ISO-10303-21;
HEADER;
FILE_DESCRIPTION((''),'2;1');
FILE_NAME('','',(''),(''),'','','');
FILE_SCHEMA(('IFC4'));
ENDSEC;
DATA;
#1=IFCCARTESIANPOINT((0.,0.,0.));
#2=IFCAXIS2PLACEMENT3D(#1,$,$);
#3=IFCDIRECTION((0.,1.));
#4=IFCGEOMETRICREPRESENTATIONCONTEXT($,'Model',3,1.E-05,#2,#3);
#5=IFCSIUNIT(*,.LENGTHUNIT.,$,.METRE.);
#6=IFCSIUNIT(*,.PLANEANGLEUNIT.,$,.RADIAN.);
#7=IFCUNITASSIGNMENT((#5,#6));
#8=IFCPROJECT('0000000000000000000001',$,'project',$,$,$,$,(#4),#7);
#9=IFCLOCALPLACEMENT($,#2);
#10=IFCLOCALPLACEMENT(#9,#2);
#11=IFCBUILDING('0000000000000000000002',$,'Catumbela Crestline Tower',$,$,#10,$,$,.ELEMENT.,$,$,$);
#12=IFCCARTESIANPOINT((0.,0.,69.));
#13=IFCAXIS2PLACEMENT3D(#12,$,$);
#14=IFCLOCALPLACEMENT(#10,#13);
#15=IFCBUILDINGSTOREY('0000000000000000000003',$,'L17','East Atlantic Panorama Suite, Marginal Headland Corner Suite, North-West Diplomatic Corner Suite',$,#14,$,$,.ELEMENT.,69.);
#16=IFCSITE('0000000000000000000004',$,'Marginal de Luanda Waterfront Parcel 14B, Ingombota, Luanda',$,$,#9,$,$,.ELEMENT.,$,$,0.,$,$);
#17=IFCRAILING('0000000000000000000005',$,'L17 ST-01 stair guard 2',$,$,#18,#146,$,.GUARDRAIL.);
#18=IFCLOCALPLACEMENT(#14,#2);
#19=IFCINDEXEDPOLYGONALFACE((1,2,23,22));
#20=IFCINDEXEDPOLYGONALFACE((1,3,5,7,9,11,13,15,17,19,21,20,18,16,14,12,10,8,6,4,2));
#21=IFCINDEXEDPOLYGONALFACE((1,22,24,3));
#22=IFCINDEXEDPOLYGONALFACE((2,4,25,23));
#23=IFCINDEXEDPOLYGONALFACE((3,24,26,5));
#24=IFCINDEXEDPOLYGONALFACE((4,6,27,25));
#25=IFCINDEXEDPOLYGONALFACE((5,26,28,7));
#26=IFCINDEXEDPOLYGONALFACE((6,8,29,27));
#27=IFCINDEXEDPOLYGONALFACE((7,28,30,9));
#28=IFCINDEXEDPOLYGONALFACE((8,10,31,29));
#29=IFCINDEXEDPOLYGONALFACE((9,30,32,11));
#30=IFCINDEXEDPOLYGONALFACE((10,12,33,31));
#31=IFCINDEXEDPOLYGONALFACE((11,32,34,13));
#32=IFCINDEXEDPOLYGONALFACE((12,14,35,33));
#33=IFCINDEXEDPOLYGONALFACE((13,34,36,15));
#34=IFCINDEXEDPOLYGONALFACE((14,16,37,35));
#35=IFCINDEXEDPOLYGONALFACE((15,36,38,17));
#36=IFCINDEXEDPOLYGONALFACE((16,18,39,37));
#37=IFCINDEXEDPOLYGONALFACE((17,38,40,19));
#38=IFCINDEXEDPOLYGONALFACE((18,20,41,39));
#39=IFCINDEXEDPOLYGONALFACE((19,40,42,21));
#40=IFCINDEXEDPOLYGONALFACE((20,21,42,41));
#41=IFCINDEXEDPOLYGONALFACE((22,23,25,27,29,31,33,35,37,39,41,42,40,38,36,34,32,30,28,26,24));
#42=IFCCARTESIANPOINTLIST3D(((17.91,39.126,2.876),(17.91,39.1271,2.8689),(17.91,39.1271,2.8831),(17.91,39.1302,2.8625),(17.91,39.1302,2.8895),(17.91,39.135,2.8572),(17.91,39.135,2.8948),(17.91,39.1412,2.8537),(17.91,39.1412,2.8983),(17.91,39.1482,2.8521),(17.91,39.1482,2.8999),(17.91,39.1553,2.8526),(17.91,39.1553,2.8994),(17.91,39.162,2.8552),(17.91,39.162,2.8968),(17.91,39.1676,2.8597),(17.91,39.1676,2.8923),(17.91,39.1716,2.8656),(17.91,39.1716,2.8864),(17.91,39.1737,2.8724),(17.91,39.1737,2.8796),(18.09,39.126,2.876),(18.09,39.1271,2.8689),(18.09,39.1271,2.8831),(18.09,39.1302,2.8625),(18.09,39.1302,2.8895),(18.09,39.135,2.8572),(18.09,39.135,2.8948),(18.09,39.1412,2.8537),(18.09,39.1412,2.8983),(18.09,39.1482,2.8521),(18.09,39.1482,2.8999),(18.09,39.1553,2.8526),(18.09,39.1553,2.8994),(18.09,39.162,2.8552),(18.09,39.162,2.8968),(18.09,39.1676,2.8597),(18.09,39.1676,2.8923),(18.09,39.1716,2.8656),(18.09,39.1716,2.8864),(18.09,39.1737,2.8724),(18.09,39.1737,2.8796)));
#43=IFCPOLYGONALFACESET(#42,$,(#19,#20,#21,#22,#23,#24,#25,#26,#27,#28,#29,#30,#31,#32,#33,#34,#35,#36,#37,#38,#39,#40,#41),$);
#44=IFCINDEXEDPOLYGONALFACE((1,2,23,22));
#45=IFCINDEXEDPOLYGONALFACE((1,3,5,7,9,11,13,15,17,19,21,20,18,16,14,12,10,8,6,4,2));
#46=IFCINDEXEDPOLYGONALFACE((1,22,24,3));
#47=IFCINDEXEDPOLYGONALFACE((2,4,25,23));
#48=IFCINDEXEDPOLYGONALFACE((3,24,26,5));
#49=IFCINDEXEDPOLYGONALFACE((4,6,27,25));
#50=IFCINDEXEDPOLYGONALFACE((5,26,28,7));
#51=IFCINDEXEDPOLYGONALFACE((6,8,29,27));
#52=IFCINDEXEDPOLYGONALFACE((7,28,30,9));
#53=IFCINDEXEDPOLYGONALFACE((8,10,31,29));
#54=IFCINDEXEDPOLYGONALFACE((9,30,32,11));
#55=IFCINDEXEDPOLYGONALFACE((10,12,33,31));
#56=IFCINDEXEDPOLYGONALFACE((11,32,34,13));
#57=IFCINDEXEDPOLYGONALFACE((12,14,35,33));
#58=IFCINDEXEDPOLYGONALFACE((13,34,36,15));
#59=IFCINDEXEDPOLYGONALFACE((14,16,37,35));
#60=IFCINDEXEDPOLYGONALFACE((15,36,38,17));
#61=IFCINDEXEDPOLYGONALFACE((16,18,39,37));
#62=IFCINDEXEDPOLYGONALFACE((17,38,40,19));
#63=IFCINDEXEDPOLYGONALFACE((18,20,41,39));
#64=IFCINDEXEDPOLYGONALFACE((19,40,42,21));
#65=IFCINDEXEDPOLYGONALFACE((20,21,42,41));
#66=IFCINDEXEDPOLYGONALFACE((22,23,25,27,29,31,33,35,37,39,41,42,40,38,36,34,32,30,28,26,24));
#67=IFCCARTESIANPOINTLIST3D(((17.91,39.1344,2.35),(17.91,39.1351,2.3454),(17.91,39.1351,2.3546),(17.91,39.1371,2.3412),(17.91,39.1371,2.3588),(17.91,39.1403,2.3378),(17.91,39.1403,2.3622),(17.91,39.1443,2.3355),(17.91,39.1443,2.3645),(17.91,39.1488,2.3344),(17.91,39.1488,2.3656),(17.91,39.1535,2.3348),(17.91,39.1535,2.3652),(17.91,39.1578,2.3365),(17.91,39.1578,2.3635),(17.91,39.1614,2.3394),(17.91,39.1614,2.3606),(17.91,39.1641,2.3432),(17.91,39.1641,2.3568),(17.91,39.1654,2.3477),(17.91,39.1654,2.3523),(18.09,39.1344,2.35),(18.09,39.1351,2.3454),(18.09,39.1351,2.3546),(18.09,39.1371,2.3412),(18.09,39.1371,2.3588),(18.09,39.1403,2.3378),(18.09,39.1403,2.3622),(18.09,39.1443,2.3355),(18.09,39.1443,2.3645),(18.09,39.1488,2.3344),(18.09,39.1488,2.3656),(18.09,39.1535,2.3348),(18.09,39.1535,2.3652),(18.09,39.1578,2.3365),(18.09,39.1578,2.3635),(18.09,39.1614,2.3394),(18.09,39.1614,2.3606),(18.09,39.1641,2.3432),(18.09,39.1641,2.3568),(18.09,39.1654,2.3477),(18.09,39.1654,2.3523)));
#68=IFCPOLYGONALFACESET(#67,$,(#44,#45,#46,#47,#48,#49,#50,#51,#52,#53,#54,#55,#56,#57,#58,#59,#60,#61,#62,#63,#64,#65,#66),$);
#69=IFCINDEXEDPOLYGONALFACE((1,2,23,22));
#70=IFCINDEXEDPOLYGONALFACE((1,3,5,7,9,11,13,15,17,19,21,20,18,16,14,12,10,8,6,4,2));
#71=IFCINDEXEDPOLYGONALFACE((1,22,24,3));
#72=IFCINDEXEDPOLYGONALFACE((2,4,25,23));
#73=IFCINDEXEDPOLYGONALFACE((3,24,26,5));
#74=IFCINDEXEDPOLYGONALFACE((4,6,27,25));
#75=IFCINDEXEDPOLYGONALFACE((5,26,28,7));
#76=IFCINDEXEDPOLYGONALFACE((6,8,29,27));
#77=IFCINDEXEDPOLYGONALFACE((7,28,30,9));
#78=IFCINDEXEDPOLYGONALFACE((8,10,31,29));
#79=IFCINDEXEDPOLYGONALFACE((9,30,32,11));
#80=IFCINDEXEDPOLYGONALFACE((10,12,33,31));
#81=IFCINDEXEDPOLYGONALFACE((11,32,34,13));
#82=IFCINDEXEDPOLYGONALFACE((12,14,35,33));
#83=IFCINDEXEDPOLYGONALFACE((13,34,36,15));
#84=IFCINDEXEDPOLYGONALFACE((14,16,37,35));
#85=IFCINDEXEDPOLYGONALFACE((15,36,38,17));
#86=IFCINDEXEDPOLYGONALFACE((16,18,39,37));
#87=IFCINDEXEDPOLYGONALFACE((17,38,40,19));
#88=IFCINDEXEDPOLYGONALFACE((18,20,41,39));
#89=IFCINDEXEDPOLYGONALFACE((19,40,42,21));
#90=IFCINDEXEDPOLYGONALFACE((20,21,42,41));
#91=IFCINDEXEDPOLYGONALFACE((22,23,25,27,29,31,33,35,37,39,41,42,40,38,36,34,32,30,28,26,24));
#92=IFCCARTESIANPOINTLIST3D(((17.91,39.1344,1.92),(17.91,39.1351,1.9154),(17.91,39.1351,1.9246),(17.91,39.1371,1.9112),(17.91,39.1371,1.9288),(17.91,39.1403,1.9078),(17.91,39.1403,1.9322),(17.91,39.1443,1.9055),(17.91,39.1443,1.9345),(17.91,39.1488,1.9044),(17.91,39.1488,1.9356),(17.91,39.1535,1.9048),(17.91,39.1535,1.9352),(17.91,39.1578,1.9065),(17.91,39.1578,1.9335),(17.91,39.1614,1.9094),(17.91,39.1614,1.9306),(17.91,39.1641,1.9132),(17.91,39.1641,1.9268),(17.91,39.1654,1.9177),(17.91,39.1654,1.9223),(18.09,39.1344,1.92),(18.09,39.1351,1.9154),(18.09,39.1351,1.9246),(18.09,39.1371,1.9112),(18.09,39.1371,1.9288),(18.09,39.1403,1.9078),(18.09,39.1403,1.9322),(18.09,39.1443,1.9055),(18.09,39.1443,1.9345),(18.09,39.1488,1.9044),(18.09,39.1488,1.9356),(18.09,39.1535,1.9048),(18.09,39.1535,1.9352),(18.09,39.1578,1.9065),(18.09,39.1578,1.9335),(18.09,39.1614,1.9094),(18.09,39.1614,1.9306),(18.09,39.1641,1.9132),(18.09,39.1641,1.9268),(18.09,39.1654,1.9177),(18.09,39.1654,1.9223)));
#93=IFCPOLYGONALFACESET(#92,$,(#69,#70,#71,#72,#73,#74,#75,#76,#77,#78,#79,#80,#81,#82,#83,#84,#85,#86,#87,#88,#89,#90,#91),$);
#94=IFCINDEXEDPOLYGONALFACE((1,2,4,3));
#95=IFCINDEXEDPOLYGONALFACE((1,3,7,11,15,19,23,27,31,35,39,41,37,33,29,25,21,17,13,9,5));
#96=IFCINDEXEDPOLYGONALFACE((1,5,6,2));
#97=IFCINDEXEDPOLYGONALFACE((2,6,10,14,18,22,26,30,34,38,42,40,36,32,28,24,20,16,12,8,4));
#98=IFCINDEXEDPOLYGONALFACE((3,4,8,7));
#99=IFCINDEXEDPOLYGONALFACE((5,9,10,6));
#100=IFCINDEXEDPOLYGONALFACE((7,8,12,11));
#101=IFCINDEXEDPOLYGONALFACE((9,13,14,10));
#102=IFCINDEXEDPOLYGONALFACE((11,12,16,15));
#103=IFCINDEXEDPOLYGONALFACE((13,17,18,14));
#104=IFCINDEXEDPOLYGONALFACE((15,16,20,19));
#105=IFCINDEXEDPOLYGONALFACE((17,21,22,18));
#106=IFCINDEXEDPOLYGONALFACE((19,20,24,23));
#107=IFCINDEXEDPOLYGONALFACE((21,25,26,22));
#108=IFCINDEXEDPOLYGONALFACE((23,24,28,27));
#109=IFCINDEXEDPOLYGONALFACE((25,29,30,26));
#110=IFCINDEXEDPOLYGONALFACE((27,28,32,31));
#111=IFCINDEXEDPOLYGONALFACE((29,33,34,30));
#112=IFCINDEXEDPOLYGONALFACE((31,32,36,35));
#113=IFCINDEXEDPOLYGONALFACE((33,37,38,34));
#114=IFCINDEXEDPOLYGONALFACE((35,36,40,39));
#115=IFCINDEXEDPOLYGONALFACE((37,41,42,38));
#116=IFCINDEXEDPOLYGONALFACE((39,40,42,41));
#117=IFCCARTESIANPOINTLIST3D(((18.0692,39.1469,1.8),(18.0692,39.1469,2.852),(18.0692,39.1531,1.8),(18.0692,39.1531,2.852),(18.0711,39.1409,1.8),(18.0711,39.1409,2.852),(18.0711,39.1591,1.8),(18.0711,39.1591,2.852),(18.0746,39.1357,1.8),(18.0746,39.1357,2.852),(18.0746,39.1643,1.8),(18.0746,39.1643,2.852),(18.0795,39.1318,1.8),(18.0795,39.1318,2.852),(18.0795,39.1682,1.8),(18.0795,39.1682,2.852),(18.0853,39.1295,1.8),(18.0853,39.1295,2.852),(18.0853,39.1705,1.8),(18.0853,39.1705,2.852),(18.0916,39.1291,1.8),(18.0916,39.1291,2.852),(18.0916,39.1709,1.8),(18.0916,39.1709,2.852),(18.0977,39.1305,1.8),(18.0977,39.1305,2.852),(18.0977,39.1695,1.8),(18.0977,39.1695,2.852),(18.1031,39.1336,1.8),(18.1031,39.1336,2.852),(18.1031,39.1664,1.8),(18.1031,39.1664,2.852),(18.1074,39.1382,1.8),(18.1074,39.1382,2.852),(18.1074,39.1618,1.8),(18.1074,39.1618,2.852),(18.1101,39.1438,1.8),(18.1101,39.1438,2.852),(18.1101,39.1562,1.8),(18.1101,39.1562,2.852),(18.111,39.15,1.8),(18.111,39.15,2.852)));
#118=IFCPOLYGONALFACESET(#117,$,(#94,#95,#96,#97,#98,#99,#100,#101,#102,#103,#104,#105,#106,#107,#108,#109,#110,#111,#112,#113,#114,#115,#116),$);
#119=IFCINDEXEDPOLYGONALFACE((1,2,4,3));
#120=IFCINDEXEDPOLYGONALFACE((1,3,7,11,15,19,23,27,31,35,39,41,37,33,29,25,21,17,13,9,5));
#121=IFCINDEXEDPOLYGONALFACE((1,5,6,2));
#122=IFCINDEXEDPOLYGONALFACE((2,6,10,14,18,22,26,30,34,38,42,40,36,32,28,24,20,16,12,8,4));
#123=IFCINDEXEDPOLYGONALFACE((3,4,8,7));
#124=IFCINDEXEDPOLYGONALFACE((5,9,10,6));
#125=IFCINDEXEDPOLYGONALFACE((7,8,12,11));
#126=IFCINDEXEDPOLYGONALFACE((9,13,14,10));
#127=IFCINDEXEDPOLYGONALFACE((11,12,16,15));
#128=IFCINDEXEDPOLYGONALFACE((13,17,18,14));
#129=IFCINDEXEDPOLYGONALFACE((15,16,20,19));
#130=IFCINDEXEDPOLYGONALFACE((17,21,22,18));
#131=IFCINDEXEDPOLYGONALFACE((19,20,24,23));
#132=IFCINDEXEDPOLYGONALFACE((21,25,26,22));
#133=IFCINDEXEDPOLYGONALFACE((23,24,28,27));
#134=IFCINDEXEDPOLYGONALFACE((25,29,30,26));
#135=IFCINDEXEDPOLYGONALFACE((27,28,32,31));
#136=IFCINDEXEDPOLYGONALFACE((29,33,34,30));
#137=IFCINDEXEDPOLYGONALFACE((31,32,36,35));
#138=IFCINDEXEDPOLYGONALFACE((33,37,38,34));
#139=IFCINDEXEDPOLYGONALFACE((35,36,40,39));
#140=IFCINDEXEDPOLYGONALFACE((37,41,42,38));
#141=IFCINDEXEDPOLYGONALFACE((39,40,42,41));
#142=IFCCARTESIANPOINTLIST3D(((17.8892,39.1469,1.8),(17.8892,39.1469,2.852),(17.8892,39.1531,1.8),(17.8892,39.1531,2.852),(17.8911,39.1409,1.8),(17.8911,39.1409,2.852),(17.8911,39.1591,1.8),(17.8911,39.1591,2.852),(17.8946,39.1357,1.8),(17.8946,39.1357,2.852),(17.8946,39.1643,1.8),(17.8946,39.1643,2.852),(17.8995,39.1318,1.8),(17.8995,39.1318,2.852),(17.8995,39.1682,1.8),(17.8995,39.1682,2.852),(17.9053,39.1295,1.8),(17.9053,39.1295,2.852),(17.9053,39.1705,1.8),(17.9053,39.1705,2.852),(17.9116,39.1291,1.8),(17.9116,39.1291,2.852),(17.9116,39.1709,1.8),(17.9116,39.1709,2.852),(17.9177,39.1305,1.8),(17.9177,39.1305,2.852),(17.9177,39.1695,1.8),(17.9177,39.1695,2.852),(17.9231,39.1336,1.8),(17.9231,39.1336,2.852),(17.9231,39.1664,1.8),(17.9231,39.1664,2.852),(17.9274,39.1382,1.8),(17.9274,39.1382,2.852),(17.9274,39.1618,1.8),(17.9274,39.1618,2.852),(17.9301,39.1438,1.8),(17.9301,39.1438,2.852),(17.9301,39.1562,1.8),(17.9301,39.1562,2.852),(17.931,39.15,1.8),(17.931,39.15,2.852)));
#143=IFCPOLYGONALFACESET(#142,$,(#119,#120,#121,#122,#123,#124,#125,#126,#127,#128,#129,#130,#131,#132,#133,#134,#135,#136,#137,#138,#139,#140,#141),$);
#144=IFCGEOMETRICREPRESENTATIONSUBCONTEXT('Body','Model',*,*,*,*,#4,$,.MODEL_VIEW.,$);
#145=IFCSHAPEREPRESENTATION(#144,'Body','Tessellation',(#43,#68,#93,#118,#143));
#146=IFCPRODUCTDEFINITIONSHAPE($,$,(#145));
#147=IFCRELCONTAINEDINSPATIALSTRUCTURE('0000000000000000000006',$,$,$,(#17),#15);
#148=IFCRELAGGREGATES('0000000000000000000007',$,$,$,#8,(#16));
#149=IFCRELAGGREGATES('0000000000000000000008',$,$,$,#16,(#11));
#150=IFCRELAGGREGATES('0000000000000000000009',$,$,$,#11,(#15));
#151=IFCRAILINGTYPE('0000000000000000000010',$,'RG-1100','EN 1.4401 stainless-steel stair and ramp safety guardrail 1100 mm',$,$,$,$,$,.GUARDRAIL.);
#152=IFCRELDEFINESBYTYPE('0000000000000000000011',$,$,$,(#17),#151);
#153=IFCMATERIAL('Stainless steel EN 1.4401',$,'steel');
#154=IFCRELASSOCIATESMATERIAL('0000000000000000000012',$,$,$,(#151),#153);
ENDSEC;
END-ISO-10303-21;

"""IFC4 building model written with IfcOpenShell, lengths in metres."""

from ifc_helpers import new_model, si_unit, direction, frame, origin, origin_2d, place, context, subcontext, project, spatial, circle, extrude, material, type_object, element, save


model = new_model("IFC4")

# Units and contexts
model_context = context("Model", 3, precision=1e-05, world=origin(), true_north=direction((0.0, 1.0)))
body_context = subcontext(model_context, "Body", "Model", "MODEL_VIEW")
ifc_project = project(units=[si_unit("LENGTHUNIT", "METRE"), si_unit("PLANEANGLEUNIT", "RADIAN")], contexts=[model_context])

# Site, building, storey
site_placement = place(None, origin())
site = spatial("IfcSite", under=ifc_project, at=site_placement, Name="Marginal de Luanda Waterfront Parcel 14B, Ingombota, Luanda", CompositionType="ELEMENT", RefElevation=0.0)
building_placement = place(site_placement, origin())
building = spatial("IfcBuilding", under=site, at=building_placement, Name="Catumbela Crestline Tower", CompositionType="ELEMENT")
storey_placement = place(building_placement, frame((0.0, 0.0, 69.0)))
storey = spatial("IfcBuildingStorey", under=building, at=storey_placement, Name="L17", Description="East Atlantic Panorama Suite, Marginal Headland Corner Suite, North-West Diplomatic Corner Suite", CompositionType="ELEMENT", Elevation=69.0)

# Shared definitions
ifc_material_1 = material(Name="Stainless steel EN 1.4401", Category="steel")

# Railing
railing_type_1 = type_object("IfcRailingType", Name="RG-1100", Description="EN 1.4401 stainless-steel stair and ramp safety guardrail 1100 mm", PredefinedType="GUARDRAIL", material=ifc_material_1)
railing_1_placement = place(storey_placement, frame((18.09, 39.15, 1.8)))
element("IfcRailing", 1, at=railing_1_placement, inside=storey, type_object=railing_type_1, Name="L17 ST-01 stair guard 2", PredefinedType="GUARDRAIL", context=body_context, shape_type="SweptSolid", body=[
    extrude(circle(Radius=0.024, at=origin_2d()), frame((0.0, 0.0, 1.076), z_axis=(-1.0, 0.0, 0.0), x_axis=(0.0, -1.0, 0.0)), (0.0, 0.0, 1.0), 0.18),
    extrude(circle(Radius=0.0156, at=origin_2d()), frame((0.0, 0.0, 0.55), z_axis=(-1.0, 0.0, 0.0), x_axis=(0.0, -1.0, 0.0)), (0.0, 0.0, 1.0), 0.18),
    extrude(circle(Radius=0.0156, at=origin_2d()), frame((0.0, 0.0, 0.12), z_axis=(-1.0, 0.0, 0.0), x_axis=(0.0, -1.0, 0.0)), (0.0, 0.0, 1.0), 0.18),
    extrude(circle(Radius=0.021, at=origin_2d()), origin(), (0.0, 0.0, 1.0), 1.052),
    extrude(circle(Radius=0.021, at=origin_2d()), frame((-0.18, 0.0, 0.0)), (0.0, 0.0, 1.0), 1.052),
])

save(model, "model.ifc")
